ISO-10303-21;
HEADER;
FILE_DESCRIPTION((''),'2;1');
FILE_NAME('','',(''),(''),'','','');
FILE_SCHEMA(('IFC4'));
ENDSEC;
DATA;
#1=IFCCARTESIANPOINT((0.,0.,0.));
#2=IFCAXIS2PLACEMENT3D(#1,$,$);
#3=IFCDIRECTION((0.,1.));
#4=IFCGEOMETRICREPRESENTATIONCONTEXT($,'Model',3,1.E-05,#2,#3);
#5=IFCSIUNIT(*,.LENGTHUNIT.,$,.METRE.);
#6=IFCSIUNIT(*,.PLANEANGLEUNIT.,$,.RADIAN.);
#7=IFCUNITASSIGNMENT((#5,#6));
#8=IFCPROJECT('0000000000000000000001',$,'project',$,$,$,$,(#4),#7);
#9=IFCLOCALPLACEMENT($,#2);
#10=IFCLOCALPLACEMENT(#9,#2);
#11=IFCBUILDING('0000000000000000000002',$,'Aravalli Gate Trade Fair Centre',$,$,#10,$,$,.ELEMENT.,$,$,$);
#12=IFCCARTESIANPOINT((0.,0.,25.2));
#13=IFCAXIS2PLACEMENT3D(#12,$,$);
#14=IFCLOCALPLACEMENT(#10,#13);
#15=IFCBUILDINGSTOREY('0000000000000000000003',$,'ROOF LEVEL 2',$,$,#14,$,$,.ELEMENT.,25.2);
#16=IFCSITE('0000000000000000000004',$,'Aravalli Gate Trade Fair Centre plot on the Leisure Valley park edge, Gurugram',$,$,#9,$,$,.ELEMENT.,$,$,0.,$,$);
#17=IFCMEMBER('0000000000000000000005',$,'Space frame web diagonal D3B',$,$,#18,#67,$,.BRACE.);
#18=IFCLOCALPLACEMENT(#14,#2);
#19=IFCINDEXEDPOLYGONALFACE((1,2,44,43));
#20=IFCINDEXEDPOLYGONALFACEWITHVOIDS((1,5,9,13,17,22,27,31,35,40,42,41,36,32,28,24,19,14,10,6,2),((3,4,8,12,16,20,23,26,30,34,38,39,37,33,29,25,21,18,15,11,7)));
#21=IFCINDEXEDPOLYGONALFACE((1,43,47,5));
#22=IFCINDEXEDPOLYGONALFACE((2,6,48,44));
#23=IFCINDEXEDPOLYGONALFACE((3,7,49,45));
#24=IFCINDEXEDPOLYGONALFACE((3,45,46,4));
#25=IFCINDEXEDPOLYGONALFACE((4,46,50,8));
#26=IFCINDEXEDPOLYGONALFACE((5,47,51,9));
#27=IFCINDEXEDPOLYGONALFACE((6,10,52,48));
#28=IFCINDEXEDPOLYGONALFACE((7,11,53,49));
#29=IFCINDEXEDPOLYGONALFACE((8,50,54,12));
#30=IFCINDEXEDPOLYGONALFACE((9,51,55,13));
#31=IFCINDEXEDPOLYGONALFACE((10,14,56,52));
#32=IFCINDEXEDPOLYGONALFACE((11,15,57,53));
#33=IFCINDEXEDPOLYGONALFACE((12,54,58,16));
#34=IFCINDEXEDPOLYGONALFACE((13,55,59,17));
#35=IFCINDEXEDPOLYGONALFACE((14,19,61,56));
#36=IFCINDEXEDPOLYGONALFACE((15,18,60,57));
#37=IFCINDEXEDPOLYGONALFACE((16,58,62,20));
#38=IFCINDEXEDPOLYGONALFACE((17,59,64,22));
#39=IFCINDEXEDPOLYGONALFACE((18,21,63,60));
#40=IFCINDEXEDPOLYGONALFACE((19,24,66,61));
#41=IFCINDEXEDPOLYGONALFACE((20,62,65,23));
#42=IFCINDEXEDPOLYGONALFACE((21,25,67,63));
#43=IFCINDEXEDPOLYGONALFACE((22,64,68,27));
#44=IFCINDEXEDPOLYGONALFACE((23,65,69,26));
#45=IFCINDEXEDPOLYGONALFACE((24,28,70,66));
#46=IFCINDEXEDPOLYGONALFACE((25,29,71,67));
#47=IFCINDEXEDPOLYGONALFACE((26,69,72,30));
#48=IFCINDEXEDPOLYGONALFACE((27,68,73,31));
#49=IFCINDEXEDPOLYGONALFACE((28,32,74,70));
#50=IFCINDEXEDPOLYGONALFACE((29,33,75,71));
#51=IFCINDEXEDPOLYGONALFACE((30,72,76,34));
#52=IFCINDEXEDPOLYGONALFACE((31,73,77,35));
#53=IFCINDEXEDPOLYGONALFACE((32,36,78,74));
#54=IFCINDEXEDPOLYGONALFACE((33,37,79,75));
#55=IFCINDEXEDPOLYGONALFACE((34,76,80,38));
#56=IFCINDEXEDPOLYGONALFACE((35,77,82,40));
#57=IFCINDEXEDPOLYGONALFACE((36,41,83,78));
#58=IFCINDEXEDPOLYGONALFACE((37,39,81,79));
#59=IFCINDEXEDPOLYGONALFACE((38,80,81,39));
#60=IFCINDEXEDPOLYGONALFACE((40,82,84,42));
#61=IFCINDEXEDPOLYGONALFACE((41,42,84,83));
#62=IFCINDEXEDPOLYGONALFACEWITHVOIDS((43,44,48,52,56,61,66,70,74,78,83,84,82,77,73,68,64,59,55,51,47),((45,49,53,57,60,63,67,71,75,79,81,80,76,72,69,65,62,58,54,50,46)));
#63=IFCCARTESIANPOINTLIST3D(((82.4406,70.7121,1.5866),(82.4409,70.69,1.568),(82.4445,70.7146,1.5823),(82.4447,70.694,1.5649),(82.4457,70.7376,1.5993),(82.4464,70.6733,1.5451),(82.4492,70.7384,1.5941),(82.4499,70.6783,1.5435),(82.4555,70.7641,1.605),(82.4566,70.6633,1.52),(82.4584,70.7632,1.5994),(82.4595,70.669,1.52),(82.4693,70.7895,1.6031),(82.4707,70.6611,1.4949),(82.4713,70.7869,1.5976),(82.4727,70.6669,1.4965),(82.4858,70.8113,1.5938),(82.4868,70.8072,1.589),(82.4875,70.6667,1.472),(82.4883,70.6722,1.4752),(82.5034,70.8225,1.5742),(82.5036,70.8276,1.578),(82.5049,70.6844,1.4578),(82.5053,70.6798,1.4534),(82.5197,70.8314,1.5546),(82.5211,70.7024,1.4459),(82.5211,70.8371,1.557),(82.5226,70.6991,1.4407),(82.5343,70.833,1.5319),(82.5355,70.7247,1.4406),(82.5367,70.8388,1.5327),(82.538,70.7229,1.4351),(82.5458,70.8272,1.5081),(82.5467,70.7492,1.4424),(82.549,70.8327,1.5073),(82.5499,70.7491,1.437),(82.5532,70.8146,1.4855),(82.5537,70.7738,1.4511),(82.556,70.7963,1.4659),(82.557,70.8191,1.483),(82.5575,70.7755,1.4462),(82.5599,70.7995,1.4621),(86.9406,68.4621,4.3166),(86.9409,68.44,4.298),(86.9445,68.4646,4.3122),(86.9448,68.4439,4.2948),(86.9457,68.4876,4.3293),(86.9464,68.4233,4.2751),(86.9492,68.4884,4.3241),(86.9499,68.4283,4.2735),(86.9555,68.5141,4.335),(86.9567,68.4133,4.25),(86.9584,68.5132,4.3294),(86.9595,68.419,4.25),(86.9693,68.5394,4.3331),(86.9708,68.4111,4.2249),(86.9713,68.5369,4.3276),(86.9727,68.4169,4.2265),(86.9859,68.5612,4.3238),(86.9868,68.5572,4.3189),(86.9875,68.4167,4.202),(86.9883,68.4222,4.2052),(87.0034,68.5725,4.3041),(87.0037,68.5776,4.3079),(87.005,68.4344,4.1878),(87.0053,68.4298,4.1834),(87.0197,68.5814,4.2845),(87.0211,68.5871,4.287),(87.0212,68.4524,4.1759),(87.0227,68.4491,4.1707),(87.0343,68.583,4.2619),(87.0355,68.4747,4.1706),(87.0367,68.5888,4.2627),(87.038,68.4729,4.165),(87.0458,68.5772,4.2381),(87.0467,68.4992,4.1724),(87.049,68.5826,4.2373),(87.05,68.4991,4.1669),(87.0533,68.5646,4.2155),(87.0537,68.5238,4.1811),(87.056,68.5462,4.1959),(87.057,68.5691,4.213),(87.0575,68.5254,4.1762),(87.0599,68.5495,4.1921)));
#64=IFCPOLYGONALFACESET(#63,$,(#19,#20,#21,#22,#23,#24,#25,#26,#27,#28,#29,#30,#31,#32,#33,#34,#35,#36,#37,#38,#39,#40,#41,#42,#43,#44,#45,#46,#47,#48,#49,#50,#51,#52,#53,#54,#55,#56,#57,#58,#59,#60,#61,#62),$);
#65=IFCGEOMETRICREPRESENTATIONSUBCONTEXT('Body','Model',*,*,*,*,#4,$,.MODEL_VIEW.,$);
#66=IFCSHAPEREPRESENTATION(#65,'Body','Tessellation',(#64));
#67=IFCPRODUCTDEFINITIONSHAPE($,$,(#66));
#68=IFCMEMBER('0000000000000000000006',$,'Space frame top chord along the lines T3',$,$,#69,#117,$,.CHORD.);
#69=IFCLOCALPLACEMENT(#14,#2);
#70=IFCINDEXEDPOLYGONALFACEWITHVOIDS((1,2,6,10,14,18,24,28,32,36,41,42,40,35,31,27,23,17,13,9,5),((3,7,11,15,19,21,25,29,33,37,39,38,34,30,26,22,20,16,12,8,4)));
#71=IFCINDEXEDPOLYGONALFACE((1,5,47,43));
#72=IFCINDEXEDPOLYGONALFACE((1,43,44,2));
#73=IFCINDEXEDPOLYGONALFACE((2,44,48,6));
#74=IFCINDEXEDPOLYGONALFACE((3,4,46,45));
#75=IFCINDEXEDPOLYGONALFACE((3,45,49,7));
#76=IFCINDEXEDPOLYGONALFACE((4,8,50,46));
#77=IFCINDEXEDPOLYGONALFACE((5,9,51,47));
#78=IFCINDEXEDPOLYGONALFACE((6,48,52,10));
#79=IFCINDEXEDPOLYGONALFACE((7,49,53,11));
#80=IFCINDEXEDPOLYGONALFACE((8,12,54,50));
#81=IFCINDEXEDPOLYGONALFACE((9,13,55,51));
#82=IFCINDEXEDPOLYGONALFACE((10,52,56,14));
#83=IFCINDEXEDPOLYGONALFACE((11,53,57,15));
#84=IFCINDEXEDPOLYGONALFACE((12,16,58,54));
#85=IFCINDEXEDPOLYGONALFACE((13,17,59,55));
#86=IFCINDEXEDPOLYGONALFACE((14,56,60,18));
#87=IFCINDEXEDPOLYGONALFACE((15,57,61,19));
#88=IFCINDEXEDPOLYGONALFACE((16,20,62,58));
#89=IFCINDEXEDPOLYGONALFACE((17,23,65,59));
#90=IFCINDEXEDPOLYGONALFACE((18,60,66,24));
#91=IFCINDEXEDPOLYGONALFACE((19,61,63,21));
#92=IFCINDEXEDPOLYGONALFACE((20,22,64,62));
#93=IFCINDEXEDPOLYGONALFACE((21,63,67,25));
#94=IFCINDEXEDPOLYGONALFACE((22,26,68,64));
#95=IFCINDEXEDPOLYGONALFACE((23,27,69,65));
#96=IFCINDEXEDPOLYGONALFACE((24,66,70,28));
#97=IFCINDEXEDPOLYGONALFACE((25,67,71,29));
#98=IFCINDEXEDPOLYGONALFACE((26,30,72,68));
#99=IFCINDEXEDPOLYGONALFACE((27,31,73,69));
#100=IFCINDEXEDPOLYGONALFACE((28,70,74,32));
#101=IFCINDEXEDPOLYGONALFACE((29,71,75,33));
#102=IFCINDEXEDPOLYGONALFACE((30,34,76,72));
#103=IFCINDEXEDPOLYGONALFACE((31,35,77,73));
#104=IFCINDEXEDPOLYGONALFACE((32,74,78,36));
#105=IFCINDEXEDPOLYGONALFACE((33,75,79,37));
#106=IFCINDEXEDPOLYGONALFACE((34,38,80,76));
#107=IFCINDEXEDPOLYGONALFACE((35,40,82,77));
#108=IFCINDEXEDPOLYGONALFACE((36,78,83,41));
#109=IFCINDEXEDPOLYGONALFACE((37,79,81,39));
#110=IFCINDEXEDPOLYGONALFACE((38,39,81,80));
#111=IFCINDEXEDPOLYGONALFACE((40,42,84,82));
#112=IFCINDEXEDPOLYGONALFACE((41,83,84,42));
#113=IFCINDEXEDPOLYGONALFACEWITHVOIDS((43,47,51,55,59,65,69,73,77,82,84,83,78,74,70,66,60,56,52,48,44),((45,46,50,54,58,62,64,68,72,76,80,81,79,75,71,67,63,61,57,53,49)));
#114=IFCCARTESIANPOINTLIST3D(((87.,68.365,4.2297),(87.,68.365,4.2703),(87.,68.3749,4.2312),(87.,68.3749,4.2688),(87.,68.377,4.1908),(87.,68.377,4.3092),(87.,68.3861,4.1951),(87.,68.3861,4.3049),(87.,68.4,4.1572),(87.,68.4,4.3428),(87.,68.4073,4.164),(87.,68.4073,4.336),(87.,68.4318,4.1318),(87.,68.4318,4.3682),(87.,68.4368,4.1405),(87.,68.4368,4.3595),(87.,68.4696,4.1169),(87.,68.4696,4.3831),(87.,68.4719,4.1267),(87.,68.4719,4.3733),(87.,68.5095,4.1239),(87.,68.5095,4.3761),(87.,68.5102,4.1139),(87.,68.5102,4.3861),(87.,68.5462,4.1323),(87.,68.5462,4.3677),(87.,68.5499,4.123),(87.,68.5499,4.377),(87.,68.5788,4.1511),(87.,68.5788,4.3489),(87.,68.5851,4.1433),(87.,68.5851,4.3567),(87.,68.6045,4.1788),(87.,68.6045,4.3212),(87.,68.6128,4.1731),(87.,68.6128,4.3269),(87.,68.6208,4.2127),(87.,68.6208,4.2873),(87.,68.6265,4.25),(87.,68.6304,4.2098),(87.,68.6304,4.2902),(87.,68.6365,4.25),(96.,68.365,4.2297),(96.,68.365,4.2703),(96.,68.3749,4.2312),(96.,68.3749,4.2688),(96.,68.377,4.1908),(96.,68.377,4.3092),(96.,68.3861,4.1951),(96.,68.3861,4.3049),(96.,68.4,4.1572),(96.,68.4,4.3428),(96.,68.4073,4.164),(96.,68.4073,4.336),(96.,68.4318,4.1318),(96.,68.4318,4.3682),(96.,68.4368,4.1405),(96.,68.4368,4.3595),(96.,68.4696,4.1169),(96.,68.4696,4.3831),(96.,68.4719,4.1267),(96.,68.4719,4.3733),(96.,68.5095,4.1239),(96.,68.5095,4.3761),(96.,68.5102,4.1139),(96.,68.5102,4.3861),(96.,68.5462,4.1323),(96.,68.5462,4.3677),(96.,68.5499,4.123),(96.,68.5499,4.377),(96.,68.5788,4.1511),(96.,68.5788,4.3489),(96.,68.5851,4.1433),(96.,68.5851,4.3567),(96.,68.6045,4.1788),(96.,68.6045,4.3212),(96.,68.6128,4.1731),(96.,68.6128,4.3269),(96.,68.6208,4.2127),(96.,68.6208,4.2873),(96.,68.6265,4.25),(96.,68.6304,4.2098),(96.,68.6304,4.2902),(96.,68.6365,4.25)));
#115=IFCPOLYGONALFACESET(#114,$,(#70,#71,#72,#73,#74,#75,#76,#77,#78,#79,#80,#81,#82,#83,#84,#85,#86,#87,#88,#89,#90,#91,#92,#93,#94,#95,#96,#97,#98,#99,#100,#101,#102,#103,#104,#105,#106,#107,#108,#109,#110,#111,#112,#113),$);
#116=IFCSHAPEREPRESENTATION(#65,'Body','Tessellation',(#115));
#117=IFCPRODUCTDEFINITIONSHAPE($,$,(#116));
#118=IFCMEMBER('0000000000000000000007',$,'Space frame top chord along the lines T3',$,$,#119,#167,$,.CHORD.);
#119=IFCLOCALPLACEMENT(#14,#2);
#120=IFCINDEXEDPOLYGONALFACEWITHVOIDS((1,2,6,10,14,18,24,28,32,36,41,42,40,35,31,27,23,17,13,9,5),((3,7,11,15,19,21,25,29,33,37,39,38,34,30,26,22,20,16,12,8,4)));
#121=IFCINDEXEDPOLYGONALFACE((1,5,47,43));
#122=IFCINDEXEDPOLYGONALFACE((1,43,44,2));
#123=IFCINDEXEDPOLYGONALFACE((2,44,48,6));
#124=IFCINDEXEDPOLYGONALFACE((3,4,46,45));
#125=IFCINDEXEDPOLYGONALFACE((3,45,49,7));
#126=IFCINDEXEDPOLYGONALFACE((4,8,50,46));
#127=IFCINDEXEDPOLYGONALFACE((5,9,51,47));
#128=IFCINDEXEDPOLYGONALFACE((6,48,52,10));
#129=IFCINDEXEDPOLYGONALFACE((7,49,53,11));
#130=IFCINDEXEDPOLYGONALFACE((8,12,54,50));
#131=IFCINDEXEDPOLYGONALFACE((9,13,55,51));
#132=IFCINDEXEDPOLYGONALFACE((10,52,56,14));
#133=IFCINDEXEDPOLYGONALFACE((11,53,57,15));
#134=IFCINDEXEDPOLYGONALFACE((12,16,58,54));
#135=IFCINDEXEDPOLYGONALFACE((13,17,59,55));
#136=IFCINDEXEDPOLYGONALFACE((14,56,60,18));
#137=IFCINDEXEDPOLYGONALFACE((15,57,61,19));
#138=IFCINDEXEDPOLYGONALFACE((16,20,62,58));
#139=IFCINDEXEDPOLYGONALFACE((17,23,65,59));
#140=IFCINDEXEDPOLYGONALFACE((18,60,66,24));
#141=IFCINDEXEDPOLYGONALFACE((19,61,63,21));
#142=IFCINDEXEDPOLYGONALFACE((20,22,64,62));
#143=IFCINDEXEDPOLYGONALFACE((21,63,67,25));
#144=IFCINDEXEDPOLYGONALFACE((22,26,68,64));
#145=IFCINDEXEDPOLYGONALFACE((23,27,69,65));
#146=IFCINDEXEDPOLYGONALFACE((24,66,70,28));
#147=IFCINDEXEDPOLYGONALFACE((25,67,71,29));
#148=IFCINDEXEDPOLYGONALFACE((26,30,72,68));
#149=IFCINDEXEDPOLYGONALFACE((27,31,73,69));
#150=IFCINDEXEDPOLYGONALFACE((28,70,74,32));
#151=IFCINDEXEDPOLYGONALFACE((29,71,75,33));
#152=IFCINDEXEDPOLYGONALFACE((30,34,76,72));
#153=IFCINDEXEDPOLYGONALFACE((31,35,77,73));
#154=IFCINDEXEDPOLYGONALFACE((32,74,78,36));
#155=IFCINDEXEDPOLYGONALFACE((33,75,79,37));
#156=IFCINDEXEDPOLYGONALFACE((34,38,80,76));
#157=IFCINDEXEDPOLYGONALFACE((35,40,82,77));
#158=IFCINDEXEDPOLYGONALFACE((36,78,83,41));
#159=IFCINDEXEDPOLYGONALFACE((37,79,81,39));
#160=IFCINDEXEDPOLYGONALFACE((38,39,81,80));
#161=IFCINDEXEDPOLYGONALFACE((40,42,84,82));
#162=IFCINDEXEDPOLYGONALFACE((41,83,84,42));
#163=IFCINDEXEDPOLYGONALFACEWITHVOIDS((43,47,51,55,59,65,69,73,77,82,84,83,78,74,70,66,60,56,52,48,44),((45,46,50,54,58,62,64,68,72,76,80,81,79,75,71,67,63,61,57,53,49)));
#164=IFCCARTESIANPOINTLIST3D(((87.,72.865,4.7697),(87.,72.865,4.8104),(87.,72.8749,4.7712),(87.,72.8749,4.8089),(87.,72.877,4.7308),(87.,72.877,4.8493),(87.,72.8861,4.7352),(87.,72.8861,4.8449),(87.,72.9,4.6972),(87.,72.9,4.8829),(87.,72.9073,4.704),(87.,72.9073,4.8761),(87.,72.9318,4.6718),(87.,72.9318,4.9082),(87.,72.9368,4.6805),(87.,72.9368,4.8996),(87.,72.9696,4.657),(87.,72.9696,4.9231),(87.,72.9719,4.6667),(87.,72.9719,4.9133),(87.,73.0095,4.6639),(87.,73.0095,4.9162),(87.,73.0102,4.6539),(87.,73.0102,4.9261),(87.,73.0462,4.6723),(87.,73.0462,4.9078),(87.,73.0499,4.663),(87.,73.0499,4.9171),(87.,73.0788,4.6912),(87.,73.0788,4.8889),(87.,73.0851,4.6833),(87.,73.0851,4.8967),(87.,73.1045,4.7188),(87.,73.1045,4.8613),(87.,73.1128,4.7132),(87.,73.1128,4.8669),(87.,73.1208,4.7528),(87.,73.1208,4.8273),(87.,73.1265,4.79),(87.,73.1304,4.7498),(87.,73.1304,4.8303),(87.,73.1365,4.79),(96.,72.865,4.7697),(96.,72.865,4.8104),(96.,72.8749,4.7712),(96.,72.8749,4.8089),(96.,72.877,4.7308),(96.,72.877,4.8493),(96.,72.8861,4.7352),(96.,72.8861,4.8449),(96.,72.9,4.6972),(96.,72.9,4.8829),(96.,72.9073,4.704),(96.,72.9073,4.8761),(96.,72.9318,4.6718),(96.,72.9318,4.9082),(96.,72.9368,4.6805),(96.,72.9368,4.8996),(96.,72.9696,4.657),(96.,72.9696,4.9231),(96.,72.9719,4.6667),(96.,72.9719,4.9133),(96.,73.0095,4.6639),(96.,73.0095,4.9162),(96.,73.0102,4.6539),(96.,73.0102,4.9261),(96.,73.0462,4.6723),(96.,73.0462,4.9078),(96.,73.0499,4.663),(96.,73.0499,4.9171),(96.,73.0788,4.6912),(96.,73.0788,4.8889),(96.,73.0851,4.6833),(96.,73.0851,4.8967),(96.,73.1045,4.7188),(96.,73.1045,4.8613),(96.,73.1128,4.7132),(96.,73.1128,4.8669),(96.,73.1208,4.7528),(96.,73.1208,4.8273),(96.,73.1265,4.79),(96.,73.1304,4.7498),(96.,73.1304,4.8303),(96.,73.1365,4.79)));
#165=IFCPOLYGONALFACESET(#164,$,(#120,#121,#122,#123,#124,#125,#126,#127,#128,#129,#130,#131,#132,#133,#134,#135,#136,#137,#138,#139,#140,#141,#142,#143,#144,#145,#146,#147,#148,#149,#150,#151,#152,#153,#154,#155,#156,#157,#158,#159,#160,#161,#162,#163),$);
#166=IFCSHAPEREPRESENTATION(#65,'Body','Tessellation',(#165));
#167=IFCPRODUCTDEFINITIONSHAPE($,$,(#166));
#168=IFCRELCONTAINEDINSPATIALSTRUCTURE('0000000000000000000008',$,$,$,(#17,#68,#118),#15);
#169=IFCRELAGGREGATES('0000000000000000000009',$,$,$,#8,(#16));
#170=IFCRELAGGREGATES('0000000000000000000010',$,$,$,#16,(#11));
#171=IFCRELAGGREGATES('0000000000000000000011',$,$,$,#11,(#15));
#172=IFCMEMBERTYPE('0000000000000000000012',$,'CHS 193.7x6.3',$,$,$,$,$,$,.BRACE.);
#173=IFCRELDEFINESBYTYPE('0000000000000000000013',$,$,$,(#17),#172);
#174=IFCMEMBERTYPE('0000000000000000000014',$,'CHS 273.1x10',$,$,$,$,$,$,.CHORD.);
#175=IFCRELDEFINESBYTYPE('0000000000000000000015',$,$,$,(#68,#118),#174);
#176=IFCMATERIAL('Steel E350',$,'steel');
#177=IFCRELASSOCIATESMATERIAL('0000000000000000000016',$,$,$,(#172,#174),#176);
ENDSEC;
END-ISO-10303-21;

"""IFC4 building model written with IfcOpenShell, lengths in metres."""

from ifc_helpers import new_model, si_unit, direction, frame, origin, origin_2d, place, context, subcontext, project, spatial, hollow_circle, extrude, material, material_profile, profile_set, type_object, element, save


model = new_model("IFC4")

# Units and contexts
model_context = context("Model", 3, precision=1e-05, world=origin(), true_north=direction((0.0, 1.0)))
body_context = subcontext(model_context, "Body", "Model", "MODEL_VIEW")
ifc_project = project(units=[si_unit("LENGTHUNIT", "METRE"), si_unit("PLANEANGLEUNIT", "RADIAN")], contexts=[model_context])

# Site, building, storey
site_placement = place(None, origin())
site = spatial("IfcSite", under=ifc_project, at=site_placement, Name="Aravalli Gate Trade Fair Centre plot on the Leisure Valley park edge, Gurugram", CompositionType="ELEMENT", RefElevation=0.0)
building_placement = place(site_placement, origin())
building = spatial("IfcBuilding", under=site, at=building_placement, Name="Aravalli Gate Trade Fair Centre", CompositionType="ELEMENT")
storey_placement = place(building_placement, frame((0.0, 0.0, 25.2)))
storey = spatial("IfcBuildingStorey", under=building, at=storey_placement, Name="ROOF LEVEL 2", CompositionType="ELEMENT", Elevation=25.2)

# Members
ifc_material_1 = material(Name="Steel E350", Category="steel")
ifc_material_profile_1 = material_profile(ifc_material_1, hollow_circle(Radius=0.0969, WallThickness=0.0063, at=origin_2d()), Name="CHS 193.7x6.3")
ifc_profile_set_1 = profile_set([ifc_material_profile_1], Name="Steel E350")
member_type_1 = type_object("IfcMemberType", Name="CHS 193.7x6.3", PredefinedType="BRACE", material=ifc_profile_set_1)
for number, where, z_axis, x_axis, name in (
    (1, (87.0, 68.5, 4.25), (-0.78615, 0.393075, -0.476928), (-0.447214, -0.894427, 0.0), "Space frame web diagonal D3B"),
):
    element("IfcMember", number, at=place(storey_placement, frame(where, z_axis=z_axis, x_axis=x_axis)), inside=storey, type_object=member_type_1, Name=name, PredefinedType="BRACE", context=body_context, shape_type="SweptSolid", body=[
        extrude(hollow_circle(Radius=0.0969, WallThickness=0.0063, at=origin_2d()), origin(), (0.0, 0.0, 1.0), 5.7241),
    ])
ifc_material_profile_2 = material_profile(ifc_material_1, hollow_circle(Radius=0.1365, WallThickness=0.01, at=origin_2d()), Name="CHS 273.1x10")
ifc_profile_set_2 = profile_set([ifc_material_profile_2], Name="Steel E350")
member_type_2 = type_object("IfcMemberType", Name="CHS 273.1x10", PredefinedType="CHORD", material=ifc_profile_set_2)
for number, where, z_axis, x_axis, name in (
    (2, (87.0, 68.5, 4.25), (1.0, 0.0, 0.0), (0.0, 1.0, 0.0), "Space frame top chord along the lines T3"),
    (3, (87.0, 73.0, 4.79), (1.0, 0.0, 0.0), (0.0, 1.0, 0.0), "Space frame top chord along the lines T3"),
):
    element("IfcMember", number, at=place(storey_placement, frame(where, z_axis=z_axis, x_axis=x_axis)), inside=storey, type_object=member_type_2, Name=name, PredefinedType="CHORD", context=body_context, shape_type="SweptSolid", body=[
        extrude(hollow_circle(Radius=0.1365, WallThickness=0.01, at=origin_2d()), origin(), (0.0, 0.0, 1.0), 9.0),
    ])

save(model, "model.ifc")
